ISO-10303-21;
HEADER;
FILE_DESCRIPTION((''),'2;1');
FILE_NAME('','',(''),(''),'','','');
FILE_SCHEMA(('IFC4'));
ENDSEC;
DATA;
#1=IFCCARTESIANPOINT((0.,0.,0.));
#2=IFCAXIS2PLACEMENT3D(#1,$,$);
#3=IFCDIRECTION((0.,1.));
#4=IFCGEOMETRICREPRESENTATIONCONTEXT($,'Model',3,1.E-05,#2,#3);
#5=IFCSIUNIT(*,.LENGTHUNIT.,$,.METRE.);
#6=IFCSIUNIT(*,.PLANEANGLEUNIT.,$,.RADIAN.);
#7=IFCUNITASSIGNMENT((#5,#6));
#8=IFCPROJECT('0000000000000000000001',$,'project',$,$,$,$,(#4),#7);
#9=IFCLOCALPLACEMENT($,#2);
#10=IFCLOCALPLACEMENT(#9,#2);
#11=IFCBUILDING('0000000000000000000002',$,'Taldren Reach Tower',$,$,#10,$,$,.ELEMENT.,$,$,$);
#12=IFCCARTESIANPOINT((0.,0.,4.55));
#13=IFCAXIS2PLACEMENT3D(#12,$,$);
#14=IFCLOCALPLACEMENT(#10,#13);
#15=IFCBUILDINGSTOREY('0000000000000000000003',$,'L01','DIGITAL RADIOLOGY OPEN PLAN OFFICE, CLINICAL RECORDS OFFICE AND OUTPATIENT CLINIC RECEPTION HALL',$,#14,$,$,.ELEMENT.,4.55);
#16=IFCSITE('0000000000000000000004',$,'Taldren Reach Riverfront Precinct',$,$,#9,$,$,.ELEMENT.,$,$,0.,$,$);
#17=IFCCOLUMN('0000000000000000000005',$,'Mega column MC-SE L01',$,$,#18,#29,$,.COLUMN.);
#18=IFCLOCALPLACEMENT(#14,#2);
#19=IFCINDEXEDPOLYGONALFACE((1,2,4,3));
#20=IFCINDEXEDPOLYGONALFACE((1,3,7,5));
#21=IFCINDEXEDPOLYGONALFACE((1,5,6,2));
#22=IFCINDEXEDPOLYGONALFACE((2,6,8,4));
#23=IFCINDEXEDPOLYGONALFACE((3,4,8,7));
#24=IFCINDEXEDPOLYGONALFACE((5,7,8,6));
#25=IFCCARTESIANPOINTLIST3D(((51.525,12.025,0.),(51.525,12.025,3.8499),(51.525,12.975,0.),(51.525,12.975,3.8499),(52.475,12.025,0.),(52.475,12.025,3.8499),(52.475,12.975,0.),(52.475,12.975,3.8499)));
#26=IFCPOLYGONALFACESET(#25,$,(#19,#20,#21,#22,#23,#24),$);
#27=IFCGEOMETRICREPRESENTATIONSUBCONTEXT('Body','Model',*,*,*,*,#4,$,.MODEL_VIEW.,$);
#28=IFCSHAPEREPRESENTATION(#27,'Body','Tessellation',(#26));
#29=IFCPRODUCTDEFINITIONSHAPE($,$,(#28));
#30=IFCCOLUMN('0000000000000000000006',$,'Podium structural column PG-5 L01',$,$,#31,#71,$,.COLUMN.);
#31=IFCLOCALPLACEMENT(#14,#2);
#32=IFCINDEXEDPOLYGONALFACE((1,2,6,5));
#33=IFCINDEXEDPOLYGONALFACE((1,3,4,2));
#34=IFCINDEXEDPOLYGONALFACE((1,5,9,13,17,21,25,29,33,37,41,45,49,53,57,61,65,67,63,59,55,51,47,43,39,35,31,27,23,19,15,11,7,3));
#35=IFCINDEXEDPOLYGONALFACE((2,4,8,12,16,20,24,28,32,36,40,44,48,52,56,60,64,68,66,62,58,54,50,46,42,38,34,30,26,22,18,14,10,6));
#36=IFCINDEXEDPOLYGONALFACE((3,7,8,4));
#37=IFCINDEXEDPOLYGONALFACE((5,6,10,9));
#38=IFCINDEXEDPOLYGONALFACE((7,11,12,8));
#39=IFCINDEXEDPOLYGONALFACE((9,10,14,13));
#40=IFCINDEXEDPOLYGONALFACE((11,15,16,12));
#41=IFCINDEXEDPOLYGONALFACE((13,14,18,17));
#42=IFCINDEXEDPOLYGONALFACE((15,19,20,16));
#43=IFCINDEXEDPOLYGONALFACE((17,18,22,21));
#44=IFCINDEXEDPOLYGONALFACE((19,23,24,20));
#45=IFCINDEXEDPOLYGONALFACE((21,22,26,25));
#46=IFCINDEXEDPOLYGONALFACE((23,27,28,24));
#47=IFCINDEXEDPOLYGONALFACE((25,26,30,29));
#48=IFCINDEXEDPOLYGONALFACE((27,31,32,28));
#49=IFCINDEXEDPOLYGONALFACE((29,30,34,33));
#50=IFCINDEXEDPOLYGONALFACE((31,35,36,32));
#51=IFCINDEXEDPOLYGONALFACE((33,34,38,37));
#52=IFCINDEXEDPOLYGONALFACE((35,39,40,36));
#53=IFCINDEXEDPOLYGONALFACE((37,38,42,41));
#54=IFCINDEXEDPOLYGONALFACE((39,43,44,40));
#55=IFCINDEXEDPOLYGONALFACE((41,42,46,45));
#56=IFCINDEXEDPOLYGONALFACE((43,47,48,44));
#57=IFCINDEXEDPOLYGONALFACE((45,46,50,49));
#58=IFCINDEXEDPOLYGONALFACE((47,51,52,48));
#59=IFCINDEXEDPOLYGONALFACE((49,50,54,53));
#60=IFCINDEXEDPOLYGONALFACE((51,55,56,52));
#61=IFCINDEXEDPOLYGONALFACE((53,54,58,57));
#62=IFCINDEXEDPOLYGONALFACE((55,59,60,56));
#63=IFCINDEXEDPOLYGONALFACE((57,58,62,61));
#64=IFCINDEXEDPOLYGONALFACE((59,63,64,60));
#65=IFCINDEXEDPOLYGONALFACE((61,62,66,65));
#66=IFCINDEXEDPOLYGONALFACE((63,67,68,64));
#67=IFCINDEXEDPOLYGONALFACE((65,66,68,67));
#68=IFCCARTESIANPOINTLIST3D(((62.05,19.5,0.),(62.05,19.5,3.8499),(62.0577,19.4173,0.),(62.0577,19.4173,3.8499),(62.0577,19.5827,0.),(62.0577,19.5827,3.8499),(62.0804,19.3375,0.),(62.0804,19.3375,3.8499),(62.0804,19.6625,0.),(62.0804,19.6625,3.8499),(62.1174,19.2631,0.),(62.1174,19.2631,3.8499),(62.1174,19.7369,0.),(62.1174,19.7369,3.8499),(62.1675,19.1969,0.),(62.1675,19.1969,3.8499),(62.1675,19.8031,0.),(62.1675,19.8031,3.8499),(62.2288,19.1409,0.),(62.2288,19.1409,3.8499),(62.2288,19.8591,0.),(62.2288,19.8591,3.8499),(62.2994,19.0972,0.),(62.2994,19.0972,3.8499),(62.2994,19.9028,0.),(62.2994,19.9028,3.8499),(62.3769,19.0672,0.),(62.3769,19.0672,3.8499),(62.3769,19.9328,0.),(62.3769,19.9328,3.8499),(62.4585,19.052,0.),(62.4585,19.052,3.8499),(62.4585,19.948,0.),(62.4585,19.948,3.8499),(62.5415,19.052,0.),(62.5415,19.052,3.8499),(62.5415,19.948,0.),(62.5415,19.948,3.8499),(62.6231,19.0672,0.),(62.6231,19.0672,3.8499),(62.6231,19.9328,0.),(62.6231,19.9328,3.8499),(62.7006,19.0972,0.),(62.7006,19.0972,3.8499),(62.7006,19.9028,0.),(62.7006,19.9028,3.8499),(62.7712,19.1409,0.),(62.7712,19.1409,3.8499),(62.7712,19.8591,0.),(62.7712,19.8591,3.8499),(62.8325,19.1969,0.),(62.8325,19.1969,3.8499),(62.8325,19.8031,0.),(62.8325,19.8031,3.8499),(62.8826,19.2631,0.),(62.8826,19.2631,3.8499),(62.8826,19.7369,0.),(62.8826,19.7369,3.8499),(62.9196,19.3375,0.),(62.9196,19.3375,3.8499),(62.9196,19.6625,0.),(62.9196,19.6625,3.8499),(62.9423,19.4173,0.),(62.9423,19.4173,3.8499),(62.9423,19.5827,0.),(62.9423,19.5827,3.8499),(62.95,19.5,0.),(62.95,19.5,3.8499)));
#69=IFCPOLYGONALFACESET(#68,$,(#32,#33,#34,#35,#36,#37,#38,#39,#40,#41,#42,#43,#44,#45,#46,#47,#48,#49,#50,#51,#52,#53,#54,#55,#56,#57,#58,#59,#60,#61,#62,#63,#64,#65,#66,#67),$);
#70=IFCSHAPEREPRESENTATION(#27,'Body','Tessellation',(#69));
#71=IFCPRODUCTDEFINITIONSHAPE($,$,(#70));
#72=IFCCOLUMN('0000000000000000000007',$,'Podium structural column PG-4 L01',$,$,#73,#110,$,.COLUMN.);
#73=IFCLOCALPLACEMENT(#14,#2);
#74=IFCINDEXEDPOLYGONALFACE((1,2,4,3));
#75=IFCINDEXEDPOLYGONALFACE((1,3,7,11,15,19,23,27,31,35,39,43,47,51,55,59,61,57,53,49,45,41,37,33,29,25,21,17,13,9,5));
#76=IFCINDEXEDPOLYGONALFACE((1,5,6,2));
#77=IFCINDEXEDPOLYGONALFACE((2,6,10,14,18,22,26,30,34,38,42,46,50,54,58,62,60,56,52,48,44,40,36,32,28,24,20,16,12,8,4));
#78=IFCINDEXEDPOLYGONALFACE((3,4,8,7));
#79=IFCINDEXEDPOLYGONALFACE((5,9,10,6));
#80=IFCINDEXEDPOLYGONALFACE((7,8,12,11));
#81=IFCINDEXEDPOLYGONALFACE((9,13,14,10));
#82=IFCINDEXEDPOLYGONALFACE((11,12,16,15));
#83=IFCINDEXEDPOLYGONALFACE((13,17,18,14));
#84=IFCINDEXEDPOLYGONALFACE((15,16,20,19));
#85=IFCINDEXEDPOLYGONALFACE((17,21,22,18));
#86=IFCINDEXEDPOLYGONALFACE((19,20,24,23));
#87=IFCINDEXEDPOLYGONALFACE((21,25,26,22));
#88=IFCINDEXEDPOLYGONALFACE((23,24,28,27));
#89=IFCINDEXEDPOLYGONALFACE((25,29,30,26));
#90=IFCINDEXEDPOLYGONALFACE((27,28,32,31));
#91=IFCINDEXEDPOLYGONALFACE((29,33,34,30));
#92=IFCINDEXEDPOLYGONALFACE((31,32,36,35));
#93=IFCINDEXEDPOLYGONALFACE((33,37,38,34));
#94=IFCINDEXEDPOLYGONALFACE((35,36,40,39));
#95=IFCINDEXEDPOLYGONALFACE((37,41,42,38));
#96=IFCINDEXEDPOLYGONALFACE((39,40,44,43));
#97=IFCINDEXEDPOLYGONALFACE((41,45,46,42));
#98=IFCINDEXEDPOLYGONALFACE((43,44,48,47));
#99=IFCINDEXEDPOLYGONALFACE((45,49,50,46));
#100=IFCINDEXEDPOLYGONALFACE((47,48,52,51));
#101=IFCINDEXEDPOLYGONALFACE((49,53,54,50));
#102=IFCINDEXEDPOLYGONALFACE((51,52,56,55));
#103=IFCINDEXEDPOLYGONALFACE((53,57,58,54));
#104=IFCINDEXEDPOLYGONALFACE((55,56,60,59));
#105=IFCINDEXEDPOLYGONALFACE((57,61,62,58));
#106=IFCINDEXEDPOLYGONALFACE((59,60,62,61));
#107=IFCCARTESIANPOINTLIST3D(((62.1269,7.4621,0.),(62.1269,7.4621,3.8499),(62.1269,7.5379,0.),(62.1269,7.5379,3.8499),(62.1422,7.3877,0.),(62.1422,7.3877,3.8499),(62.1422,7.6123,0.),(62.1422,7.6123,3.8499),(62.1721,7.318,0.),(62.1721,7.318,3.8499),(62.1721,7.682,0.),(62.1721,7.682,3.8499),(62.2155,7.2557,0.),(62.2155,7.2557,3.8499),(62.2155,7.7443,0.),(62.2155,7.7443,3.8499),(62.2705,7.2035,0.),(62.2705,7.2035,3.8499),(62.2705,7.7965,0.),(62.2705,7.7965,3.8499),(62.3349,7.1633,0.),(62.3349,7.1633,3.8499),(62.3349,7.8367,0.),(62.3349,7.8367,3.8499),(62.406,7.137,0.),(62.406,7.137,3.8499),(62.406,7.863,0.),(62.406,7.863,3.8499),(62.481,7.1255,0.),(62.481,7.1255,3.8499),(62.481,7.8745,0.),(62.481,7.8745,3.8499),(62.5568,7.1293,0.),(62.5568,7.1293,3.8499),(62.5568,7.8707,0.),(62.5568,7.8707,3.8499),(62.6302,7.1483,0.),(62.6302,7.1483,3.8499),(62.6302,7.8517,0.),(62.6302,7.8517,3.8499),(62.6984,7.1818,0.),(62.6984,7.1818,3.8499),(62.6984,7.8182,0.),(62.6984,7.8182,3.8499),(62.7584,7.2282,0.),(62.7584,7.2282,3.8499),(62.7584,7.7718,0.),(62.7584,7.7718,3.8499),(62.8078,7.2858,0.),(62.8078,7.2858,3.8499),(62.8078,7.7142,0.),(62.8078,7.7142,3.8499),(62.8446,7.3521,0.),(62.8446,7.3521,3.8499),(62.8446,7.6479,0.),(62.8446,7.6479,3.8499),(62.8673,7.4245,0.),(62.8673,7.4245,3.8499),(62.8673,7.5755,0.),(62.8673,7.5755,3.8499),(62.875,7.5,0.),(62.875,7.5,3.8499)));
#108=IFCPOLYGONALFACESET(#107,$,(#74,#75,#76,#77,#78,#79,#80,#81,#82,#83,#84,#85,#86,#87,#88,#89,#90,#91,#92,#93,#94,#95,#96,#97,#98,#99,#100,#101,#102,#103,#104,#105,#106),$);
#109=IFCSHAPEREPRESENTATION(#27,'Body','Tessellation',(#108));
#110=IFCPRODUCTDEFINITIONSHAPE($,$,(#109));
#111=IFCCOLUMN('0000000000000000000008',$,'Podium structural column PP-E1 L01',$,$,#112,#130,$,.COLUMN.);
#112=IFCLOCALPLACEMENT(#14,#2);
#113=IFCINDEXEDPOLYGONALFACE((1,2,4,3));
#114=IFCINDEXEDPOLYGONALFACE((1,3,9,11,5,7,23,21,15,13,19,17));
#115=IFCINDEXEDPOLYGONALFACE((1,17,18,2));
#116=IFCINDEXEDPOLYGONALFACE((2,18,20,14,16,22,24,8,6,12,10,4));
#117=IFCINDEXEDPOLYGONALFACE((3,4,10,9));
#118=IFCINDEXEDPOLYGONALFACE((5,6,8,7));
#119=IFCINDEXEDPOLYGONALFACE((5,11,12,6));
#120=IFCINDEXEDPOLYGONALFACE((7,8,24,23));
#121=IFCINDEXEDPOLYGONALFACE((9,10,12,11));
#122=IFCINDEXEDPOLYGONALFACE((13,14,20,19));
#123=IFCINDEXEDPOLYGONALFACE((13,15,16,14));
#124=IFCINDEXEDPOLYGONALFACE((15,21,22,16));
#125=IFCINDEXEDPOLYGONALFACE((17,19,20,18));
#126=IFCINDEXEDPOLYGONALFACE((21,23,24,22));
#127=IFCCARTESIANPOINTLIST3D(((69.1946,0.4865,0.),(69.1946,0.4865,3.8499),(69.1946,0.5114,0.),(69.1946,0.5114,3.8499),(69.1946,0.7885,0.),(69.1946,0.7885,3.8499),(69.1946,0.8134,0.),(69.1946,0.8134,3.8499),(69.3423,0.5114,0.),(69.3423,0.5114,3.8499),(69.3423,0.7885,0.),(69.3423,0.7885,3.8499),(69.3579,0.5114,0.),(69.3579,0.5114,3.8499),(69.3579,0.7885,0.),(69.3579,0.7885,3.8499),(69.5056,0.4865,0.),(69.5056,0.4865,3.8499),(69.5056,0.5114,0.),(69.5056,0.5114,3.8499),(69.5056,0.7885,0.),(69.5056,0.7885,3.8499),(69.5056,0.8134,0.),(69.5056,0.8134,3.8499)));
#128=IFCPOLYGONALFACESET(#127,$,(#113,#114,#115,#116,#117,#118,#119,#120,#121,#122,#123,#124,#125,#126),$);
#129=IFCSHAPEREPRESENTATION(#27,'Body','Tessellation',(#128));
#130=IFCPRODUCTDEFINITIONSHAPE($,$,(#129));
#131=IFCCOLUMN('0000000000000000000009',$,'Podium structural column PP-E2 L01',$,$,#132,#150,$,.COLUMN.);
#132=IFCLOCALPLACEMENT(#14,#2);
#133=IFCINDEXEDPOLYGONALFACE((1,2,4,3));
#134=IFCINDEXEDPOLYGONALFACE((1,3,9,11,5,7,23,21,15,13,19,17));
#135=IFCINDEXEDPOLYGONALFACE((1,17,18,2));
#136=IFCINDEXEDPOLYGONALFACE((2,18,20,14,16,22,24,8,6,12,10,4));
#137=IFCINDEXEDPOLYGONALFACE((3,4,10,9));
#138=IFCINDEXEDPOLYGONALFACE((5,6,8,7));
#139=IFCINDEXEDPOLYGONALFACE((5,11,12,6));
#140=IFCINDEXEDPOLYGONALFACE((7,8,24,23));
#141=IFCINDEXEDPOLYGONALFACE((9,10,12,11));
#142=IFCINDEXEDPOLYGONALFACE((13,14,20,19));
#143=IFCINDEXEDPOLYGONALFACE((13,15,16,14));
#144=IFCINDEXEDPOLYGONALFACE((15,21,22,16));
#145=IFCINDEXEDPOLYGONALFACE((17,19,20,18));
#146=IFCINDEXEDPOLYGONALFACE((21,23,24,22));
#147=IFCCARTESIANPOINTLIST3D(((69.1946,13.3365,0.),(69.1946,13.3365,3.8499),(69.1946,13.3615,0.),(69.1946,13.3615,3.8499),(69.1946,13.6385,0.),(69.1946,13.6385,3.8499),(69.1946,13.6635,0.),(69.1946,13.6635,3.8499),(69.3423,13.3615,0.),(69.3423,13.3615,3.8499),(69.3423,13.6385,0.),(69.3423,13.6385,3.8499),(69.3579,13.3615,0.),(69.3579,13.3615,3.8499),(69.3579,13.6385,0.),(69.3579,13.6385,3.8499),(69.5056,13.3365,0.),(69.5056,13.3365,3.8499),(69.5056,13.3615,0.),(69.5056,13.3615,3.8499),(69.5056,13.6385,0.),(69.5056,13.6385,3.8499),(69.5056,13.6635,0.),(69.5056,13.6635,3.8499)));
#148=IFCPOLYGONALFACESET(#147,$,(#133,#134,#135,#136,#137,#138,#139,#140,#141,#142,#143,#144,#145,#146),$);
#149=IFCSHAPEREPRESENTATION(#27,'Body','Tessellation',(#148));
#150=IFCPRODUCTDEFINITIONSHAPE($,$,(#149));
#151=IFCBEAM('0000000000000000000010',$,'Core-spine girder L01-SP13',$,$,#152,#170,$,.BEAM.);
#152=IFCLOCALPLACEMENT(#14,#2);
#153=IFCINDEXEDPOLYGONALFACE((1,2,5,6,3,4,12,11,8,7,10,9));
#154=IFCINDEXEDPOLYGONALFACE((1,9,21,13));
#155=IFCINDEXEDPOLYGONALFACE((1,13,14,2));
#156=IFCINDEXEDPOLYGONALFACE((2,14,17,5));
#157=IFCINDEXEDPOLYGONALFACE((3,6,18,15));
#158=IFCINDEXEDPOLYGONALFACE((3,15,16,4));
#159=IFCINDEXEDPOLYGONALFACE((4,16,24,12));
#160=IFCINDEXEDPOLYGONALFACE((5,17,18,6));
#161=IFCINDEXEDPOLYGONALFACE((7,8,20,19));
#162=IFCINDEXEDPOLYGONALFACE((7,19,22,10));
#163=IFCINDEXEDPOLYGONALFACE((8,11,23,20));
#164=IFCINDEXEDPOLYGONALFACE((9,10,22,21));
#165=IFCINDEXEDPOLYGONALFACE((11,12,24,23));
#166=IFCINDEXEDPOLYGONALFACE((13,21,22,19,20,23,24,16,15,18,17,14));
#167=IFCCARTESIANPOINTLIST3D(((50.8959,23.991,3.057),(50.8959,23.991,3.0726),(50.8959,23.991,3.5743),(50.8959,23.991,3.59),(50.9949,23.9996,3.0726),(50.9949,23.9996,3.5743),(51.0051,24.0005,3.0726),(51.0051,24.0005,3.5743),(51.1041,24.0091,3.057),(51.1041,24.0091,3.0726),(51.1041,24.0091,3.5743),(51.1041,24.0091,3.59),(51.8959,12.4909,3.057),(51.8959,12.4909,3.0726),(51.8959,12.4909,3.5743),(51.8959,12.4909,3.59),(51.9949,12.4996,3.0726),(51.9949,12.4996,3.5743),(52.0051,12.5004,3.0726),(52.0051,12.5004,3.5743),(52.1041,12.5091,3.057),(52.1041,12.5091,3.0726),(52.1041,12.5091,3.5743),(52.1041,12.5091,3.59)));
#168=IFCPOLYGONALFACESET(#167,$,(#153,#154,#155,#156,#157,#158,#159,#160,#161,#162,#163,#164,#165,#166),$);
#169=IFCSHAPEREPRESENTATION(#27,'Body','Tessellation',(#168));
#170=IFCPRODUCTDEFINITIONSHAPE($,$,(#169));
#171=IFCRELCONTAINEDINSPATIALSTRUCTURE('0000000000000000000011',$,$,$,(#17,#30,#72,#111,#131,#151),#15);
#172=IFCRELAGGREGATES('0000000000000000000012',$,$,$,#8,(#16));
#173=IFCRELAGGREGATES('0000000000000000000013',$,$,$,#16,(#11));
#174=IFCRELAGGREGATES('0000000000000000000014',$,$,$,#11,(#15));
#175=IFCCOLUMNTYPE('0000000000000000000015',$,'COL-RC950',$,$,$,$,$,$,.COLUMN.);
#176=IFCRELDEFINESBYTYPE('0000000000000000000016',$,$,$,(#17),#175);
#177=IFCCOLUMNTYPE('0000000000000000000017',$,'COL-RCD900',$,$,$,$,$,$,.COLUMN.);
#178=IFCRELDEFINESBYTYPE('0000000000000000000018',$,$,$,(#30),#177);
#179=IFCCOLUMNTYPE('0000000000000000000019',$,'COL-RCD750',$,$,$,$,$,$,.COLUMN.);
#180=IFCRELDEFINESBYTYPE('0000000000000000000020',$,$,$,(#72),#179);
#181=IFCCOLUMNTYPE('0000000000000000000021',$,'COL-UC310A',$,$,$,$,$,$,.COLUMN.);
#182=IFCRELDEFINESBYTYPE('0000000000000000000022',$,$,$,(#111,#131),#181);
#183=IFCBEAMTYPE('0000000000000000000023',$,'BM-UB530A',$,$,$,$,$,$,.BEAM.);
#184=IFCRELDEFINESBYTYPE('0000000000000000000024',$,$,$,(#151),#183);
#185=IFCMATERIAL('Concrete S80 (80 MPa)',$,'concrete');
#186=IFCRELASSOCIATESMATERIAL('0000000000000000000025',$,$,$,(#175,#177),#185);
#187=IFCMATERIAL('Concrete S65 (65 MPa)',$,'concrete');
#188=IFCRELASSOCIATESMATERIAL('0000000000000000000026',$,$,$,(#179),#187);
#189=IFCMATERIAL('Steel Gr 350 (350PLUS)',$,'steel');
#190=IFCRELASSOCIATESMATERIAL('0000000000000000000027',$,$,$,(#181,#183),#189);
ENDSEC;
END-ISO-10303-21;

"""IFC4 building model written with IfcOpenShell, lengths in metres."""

from ifc_helpers import new_model, si_unit, direction, frame, origin, origin_2d, place, context, subcontext, project, spatial, rectangle, circle, i_section, extrude, source, transform, mapped, material, material_profile, profile_set, type_object, element, save


model = new_model("IFC4")

# Units and contexts
model_context = context("Model", 3, precision=1e-05, world=origin(), true_north=direction((0.0, 1.0)))
body_context = subcontext(model_context, "Body", "Model", "MODEL_VIEW")
ifc_project = project(units=[si_unit("LENGTHUNIT", "METRE"), si_unit("PLANEANGLEUNIT", "RADIAN")], contexts=[model_context])

# Site, building, storey
site_placement = place(None, origin())
site = spatial("IfcSite", under=ifc_project, at=site_placement, Name="Taldren Reach Riverfront Precinct", CompositionType="ELEMENT", RefElevation=0.0)
building_placement = place(site_placement, origin())
building = spatial("IfcBuilding", under=site, at=building_placement, Name="Taldren Reach Tower", CompositionType="ELEMENT")
storey_placement = place(building_placement, frame((0.0, 0.0, 4.55)))
storey = spatial("IfcBuildingStorey", under=building, at=storey_placement, Name="L01", Description="DIGITAL RADIOLOGY OPEN PLAN OFFICE, CLINICAL RECORDS OFFICE AND OUTPATIENT CLINIC RECEPTION HALL", CompositionType="ELEMENT", Elevation=4.55)

# Columns
ifc_material_1 = material(Name="Concrete S80 (80 MPa)", Category="concrete")
ifc_material_profile_1 = material_profile(ifc_material_1, rectangle(XDim=0.95, YDim=0.95, at=origin_2d()), Name="RC-950x950")
ifc_profile_set_1 = profile_set([ifc_material_profile_1], Name="Concrete S80 (80 MPa)")
column_type_1 = type_object("IfcColumnType", Name="COL-RC950", PredefinedType="COLUMN", material=ifc_profile_set_1)
shared_shape_1 = source(origin(), body_context, "Body", "SweptSolid", [
    extrude(rectangle(XDim=0.95, YDim=0.95, at=origin_2d()), origin(), (0.0, 0.0, 1.0), 3.8499),
])
column_1_placement = place(storey_placement, frame((52.0, 12.5, 0.0), z_axis=(0.0, 0.0, 1.0), x_axis=(1.0, 0.0, 0.0)))
element("IfcColumn", 1, at=column_1_placement, inside=storey, type_object=column_type_1, Name="Mega column MC-SE L01", PredefinedType="COLUMN", context=body_context, shape_type="MappedRepresentation", body=[
    mapped(shared_shape_1, transform((0.0, 0.0, 0.0), scale=1.0)),
])
ifc_material_profile_2 = material_profile(ifc_material_1, circle(Radius=0.45, at=origin_2d()), Name="RC-900D")
ifc_profile_set_2 = profile_set([ifc_material_profile_2], Name="Concrete S80 (80 MPa)")
column_type_2 = type_object("IfcColumnType", Name="COL-RCD900", PredefinedType="COLUMN", material=ifc_profile_set_2)
shared_shape_2 = source(origin(), body_context, "Body", "SweptSolid", [
    extrude(circle(Radius=0.45, at=origin_2d()), origin(), (0.0, 0.0, 1.0), 3.8499),
])
column_2_placement = place(storey_placement, frame((62.5, 19.5, 0.0), z_axis=(0.0, 0.0, 1.0), x_axis=(1.0, 0.0, 0.0)))
element("IfcColumn", 2, at=column_2_placement, inside=storey, type_object=column_type_2, Name="Podium structural column PG-5 L01", PredefinedType="COLUMN", context=body_context, shape_type="MappedRepresentation", body=[
    mapped(shared_shape_2, transform((0.0, 0.0, 0.0), scale=1.0)),
])
ifc_material_2 = material(Name="Concrete S65 (65 MPa)", Category="concrete")
ifc_material_profile_3 = material_profile(ifc_material_2, circle(Radius=0.375, at=origin_2d()), Name="RC-750D")
ifc_profile_set_3 = profile_set([ifc_material_profile_3], Name="Concrete S65 (65 MPa)")
column_type_3 = type_object("IfcColumnType", Name="COL-RCD750", PredefinedType="COLUMN", material=ifc_profile_set_3)
shared_shape_3 = source(origin(), body_context, "Body", "SweptSolid", [
    extrude(circle(Radius=0.375, at=origin_2d()), origin(), (0.0, 0.0, 1.0), 3.8499),
])
column_3_placement = place(storey_placement, frame((62.5, 7.5, 0.0), z_axis=(0.0, 0.0, 1.0), x_axis=(1.0, 0.0, 0.0)))
element("IfcColumn", 3, at=column_3_placement, inside=storey, type_object=column_type_3, Name="Podium structural column PG-4 L01", PredefinedType="COLUMN", context=body_context, shape_type="MappedRepresentation", body=[
    mapped(shared_shape_3, transform((0.0, 0.0, 0.0), scale=1.0)),
])
ifc_material_3 = material(Name="Steel Gr 350 (350PLUS)", Category="steel")
ifc_material_profile_4 = material_profile(ifc_material_3, i_section(OverallWidth=0.311, OverallDepth=0.3269, WebThickness=0.0156, FlangeThickness=0.0249, at=origin_2d()), Name="310UC158")
ifc_profile_set_4 = profile_set([ifc_material_profile_4], Name="Steel Gr 350 (350PLUS)")
column_type_4 = type_object("IfcColumnType", Name="COL-UC310A", PredefinedType="COLUMN", material=ifc_profile_set_4)
shared_shape_4 = source(origin(), body_context, "Body", "SweptSolid", [
    extrude(i_section(OverallWidth=0.311, OverallDepth=0.3269, WebThickness=0.0156, FlangeThickness=0.0249, at=origin_2d()), origin(), (0.0, 0.0, 1.0), 3.8499),
])
for number, where, z_axis, x_axis, name in (
    (4, (69.3501, 0.6499, 0.0), (0.0, 0.0, 1.0), (1.0, 0.0, 0.0), "Podium structural column PP-E1 L01"),
    (5, (69.3501, 13.5, 0.0), (0.0, 0.0, 1.0), (1.0, 0.0, 0.0), "Podium structural column PP-E2 L01"),
):
    element("IfcColumn", number, at=place(storey_placement, frame(where, z_axis=z_axis, x_axis=x_axis)), inside=storey, type_object=column_type_4, Name=name, PredefinedType="COLUMN", context=body_context, shape_type="MappedRepresentation", body=[
        mapped(shared_shape_4, transform((0.0, 0.0, 0.0), scale=1.0)),
    ])

# Beam
ifc_material_profile_5 = material_profile(ifc_material_3, i_section(OverallWidth=0.209, OverallDepth=0.533, WebThickness=0.0103, FlangeThickness=0.0156, at=origin_2d()), Name="530UB92.4")
ifc_profile_set_5 = profile_set([ifc_material_profile_5], Name="Steel Gr 350 (350PLUS)")
beam_type_1 = type_object("IfcBeamType", Name="BM-UB530A", PredefinedType="BEAM", material=ifc_profile_set_5)
shared_shape_5 = source(origin(), body_context, "Body", "SweptSolid", [
    extrude(i_section(OverallWidth=0.209, OverallDepth=0.533, WebThickness=0.0103, FlangeThickness=0.0156, at=origin_2d()), origin(), (0.0, 0.0, 1.0), 11.5435),
])
beam_1_placement = place(storey_placement, frame((52.0, 12.5, 3.3235), z_axis=(-0.08663, 0.996241, 0.0), x_axis=(-0.996241, -0.08663, 0.0)))
element("IfcBeam", 6, at=beam_1_placement, inside=storey, type_object=beam_type_1, Name="Core-spine girder L01-SP13", PredefinedType="BEAM", context=body_context, shape_type="MappedRepresentation", body=[
    mapped(shared_shape_5, transform((0.0, 0.0, 0.0), scale=1.0)),
])

save(model, "model.ifc")
